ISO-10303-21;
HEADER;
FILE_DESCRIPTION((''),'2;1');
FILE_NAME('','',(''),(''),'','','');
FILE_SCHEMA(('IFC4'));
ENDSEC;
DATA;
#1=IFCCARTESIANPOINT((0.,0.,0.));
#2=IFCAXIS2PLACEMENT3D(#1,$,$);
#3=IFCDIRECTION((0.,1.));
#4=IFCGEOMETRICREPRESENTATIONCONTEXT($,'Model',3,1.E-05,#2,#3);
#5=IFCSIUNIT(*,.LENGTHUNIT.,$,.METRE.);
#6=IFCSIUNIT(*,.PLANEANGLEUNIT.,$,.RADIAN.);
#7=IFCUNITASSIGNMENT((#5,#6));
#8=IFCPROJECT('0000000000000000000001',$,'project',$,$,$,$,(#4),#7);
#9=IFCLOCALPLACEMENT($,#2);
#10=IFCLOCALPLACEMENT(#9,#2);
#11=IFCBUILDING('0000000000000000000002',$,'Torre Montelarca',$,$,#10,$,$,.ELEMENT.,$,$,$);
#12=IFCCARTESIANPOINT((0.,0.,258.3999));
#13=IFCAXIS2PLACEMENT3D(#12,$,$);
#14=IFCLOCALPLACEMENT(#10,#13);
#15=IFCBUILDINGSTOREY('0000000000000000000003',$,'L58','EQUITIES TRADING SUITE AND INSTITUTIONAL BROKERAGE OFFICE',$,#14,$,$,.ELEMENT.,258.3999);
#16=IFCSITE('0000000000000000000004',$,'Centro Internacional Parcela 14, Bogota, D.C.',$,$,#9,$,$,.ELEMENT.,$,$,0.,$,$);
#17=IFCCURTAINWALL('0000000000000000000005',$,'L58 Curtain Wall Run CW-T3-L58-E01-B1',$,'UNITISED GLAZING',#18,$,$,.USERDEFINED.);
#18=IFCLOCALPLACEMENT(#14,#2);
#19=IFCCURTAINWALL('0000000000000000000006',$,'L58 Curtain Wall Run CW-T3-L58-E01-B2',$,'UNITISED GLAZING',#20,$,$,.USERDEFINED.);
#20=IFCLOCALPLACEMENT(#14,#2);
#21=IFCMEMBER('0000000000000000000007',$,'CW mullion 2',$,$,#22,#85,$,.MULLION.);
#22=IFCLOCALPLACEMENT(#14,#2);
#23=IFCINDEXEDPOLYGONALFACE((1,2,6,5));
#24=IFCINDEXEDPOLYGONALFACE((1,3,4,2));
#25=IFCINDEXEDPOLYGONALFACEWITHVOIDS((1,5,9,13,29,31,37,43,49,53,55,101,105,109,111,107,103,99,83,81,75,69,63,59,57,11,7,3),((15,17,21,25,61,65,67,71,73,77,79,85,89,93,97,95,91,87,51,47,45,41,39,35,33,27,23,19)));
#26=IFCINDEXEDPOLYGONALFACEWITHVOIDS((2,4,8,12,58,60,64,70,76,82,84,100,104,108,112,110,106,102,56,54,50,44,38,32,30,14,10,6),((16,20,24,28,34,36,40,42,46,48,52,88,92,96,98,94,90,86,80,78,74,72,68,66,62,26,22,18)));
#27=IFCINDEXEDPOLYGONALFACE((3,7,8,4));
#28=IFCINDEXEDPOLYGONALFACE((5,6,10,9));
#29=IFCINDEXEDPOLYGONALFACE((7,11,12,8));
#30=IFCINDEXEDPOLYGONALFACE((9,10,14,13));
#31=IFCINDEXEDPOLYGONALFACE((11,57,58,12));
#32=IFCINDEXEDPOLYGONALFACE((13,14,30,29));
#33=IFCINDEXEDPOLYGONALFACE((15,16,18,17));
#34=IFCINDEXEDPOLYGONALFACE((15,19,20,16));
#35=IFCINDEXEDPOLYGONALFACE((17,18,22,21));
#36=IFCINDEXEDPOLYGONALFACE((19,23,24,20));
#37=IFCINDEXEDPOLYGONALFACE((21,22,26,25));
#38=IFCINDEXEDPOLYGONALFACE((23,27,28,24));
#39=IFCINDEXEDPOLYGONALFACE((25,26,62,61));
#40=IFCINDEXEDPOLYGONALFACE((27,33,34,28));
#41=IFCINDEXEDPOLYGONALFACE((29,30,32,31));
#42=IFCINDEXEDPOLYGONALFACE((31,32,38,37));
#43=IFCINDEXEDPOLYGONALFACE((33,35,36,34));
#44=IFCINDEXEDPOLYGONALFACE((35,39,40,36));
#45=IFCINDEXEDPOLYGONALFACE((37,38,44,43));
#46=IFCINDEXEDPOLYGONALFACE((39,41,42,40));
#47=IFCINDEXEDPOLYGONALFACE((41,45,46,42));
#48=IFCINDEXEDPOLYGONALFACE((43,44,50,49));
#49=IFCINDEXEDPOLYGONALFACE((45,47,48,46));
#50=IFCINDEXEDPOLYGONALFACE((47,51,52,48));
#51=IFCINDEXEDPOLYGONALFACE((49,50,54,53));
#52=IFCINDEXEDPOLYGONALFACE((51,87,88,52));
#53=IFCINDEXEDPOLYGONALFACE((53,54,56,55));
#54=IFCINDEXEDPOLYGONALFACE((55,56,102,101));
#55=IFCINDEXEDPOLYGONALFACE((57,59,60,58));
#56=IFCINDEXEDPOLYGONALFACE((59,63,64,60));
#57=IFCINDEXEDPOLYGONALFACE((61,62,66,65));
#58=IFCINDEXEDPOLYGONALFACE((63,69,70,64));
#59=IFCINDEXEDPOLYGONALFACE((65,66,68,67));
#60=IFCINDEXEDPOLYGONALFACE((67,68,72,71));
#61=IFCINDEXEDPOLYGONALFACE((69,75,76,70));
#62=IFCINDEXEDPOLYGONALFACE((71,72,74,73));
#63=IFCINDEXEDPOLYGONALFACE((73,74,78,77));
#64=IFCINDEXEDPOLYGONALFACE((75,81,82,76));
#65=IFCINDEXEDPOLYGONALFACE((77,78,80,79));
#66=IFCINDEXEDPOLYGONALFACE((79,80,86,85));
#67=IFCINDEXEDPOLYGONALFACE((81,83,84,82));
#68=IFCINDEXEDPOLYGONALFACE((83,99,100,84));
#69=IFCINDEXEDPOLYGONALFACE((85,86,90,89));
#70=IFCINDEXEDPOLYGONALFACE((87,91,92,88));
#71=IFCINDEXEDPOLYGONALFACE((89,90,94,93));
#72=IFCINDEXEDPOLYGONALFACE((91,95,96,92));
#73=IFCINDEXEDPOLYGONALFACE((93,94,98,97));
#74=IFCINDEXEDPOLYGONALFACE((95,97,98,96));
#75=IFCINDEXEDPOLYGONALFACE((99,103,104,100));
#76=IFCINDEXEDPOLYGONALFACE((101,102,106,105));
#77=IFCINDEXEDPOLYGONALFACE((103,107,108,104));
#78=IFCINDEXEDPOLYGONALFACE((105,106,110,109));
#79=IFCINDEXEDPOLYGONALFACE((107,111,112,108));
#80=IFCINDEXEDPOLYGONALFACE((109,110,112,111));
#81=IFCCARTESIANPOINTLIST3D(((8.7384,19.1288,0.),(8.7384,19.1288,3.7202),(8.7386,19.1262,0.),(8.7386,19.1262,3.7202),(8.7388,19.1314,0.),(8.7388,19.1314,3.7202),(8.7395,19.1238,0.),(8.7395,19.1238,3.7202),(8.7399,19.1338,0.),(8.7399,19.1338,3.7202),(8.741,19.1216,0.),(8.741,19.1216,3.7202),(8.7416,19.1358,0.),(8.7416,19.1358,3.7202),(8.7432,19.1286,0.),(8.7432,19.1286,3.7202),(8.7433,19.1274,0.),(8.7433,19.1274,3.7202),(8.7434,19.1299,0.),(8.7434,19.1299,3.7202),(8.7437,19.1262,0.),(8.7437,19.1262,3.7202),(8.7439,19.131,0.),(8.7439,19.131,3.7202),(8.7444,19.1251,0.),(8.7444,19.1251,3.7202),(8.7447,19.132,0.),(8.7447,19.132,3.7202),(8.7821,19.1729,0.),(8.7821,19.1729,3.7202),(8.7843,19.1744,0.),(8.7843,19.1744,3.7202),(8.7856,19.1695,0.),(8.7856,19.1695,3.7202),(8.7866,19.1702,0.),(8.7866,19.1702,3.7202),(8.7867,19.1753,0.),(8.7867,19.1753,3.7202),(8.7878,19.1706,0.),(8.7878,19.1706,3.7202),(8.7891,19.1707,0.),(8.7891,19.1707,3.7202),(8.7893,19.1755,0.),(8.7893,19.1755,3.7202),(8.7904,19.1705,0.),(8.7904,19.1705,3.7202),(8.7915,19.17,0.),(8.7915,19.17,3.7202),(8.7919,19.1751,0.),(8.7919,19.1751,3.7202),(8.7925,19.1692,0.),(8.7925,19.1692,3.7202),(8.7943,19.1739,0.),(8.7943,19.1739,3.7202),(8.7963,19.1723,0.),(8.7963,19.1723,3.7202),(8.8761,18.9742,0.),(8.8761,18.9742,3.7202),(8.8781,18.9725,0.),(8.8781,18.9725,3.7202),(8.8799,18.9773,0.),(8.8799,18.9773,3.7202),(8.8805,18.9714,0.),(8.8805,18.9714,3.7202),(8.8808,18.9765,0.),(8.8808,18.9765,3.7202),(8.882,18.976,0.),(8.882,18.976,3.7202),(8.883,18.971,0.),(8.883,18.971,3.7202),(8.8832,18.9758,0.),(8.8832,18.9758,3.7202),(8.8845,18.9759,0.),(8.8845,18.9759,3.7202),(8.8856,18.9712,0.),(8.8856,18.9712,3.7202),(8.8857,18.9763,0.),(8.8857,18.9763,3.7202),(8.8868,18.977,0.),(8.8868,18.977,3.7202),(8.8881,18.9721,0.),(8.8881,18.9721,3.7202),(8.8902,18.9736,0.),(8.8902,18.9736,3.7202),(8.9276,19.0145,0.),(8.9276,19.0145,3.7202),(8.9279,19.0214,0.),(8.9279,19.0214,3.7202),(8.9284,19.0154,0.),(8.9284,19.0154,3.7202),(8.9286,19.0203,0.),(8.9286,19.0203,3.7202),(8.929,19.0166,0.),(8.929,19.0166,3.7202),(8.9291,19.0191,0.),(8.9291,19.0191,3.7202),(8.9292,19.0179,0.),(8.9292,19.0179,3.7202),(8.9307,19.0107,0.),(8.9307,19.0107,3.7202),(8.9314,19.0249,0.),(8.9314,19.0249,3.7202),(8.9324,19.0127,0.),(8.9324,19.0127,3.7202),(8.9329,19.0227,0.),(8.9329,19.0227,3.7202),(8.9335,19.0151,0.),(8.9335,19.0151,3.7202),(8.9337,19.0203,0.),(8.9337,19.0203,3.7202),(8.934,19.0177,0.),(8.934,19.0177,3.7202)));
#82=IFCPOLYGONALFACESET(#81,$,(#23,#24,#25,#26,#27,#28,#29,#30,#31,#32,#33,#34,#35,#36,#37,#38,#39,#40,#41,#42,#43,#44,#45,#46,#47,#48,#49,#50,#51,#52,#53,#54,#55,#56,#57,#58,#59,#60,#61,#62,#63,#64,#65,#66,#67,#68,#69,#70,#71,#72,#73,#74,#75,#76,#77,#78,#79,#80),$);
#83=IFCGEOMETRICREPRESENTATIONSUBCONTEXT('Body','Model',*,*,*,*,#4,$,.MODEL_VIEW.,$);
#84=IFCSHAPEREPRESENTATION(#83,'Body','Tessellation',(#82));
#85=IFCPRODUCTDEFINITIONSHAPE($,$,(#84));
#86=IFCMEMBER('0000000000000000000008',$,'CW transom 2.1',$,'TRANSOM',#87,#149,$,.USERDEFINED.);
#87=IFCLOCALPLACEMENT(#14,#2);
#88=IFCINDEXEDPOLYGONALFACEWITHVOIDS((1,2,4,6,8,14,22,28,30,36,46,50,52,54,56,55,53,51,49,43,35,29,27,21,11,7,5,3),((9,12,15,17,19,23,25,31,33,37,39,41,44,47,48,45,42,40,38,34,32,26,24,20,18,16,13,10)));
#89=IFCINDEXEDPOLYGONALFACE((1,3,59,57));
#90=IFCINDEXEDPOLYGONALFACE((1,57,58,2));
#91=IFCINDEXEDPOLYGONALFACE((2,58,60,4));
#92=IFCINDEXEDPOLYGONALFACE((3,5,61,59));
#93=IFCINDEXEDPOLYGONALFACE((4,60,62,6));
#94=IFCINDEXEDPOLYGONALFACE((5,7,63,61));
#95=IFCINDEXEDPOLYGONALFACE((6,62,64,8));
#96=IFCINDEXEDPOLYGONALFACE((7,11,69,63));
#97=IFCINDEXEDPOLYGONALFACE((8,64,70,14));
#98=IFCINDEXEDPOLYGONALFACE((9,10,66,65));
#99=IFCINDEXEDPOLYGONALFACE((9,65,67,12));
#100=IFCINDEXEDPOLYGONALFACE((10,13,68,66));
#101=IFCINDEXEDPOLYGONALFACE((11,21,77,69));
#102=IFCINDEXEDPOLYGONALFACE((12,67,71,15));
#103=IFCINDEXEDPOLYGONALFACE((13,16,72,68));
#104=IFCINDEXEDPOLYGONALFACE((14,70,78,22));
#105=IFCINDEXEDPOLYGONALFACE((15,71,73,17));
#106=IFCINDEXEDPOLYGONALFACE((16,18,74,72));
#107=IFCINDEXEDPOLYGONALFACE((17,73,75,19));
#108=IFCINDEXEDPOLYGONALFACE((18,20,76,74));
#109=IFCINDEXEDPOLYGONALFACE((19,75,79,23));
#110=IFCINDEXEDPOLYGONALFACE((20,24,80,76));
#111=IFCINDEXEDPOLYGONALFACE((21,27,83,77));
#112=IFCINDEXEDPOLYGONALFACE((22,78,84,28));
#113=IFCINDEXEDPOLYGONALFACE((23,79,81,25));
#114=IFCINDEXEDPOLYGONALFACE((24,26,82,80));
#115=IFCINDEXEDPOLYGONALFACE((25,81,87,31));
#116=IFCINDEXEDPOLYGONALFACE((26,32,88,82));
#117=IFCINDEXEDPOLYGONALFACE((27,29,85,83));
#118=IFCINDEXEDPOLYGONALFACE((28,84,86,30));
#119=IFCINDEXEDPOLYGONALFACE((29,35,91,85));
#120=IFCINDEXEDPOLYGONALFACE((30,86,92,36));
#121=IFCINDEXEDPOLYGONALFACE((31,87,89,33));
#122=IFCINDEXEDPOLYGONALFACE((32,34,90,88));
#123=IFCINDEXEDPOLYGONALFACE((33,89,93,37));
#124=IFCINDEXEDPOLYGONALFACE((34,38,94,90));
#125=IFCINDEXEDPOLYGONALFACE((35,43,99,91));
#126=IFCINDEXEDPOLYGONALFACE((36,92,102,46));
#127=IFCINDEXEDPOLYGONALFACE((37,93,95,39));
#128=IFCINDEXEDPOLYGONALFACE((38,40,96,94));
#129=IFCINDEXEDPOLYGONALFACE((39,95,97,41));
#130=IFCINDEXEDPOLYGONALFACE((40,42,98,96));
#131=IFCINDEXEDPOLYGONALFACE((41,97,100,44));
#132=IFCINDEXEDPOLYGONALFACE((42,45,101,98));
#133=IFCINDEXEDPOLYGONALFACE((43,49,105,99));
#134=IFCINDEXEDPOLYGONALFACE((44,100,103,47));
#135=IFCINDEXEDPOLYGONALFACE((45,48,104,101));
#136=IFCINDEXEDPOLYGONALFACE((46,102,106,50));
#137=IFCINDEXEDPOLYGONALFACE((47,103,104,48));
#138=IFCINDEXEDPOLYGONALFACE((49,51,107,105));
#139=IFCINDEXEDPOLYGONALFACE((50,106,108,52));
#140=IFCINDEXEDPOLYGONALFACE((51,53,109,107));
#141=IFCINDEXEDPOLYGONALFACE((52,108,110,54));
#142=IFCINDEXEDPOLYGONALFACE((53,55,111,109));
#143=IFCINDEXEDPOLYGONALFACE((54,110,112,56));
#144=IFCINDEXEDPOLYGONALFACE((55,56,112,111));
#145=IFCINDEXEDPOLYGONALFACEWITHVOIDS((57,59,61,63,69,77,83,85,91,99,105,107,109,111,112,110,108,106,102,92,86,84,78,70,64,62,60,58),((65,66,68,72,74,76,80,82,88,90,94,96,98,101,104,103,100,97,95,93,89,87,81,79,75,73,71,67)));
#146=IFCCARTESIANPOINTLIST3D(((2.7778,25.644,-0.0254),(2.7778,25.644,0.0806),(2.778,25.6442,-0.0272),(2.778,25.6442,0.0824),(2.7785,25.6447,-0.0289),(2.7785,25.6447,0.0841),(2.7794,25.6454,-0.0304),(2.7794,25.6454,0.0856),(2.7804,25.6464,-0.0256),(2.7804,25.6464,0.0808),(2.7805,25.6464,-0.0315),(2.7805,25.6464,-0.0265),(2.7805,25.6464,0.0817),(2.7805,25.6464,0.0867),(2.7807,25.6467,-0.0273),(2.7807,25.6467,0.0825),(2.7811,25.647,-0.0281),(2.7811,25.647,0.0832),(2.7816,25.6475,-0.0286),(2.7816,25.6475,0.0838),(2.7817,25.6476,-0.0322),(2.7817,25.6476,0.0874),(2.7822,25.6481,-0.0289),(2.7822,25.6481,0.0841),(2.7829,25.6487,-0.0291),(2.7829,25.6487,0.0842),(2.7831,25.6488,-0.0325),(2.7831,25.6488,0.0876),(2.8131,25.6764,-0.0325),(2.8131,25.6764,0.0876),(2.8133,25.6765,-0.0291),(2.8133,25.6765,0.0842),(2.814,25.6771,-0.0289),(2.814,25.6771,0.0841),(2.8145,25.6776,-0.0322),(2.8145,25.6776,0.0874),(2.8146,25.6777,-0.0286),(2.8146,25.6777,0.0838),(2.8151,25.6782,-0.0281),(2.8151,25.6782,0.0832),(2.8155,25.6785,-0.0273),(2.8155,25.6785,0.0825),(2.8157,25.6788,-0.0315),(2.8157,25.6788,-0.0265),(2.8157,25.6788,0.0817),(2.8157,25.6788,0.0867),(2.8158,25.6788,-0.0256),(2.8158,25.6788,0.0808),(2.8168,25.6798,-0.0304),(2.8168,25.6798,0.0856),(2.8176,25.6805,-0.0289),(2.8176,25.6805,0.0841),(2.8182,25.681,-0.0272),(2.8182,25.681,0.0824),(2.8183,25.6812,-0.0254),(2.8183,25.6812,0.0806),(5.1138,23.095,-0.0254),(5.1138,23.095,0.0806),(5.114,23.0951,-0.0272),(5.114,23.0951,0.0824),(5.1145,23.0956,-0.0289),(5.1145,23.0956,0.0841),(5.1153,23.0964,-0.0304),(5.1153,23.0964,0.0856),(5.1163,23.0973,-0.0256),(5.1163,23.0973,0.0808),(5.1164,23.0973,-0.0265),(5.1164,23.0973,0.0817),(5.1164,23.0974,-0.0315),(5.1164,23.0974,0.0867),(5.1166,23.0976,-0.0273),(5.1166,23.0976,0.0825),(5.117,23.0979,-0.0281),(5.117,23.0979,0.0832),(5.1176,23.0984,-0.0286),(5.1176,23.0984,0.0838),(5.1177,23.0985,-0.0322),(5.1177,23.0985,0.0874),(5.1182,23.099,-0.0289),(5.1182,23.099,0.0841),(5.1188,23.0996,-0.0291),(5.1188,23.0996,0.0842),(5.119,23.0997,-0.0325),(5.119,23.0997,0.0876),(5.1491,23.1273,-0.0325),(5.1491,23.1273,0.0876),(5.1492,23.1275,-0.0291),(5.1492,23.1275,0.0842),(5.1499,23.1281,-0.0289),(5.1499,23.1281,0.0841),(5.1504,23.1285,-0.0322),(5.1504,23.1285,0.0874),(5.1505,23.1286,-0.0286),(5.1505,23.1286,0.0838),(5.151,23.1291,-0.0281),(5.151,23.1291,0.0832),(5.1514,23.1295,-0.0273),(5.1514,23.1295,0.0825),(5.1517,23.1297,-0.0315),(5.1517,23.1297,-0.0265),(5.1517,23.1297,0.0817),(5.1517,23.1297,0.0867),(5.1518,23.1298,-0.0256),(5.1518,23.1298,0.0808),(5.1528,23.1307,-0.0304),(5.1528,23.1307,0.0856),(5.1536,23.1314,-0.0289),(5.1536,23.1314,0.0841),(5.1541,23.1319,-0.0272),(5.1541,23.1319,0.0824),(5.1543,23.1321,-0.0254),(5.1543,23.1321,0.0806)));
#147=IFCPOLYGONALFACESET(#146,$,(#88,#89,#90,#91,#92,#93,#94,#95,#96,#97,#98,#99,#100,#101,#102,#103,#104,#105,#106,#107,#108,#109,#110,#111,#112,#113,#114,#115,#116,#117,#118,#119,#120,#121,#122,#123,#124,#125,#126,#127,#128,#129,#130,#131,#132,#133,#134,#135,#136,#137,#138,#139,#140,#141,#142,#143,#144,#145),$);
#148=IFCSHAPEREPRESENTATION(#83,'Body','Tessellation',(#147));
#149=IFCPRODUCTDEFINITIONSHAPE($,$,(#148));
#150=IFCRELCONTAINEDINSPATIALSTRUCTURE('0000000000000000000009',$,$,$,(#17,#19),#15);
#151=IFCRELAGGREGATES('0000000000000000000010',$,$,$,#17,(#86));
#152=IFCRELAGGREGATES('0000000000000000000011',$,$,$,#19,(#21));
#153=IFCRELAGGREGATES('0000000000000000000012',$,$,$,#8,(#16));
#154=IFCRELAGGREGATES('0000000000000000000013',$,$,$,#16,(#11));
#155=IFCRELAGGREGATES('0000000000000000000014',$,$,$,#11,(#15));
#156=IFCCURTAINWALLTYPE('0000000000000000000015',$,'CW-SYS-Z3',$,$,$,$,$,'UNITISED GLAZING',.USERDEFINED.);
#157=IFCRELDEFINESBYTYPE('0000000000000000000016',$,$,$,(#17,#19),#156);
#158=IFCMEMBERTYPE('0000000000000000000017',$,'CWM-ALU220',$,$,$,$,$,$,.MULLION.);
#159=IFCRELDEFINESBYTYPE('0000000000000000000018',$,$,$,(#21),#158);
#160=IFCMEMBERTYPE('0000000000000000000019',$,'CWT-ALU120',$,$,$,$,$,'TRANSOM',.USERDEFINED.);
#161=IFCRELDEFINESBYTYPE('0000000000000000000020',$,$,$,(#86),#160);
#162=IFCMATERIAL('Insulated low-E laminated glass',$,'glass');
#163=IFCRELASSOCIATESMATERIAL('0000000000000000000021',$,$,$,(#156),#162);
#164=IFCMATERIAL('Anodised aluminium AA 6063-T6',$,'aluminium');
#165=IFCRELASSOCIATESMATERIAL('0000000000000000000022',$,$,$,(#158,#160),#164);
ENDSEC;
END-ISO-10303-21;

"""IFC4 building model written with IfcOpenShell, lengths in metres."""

from ifc_helpers import new_model, si_unit, direction, frame, origin, origin_2d, place, context, subcontext, project, spatial, hollow_rectangle, extrude, source, transform, mapped, material, material_profile, profile_set, type_object, element, aggregate, save


model = new_model("IFC4")

# Units and contexts
model_context = context("Model", 3, precision=1e-05, world=origin(), true_north=direction((0.0, 1.0)))
body_context = subcontext(model_context, "Body", "Model", "MODEL_VIEW")
ifc_project = project(units=[si_unit("LENGTHUNIT", "METRE"), si_unit("PLANEANGLEUNIT", "RADIAN")], contexts=[model_context])

# Site, building, storey
site_placement = place(None, origin())
site = spatial("IfcSite", under=ifc_project, at=site_placement, Name="Centro Internacional Parcela 14, Bogota, D.C.", CompositionType="ELEMENT", RefElevation=0.0)
building_placement = place(site_placement, origin())
building = spatial("IfcBuilding", under=site, at=building_placement, Name="Torre Montelarca", CompositionType="ELEMENT")
storey_placement = place(building_placement, frame((0.0, 0.0, 258.3999)))
storey = spatial("IfcBuildingStorey", under=building, at=storey_placement, Name="L58", Description="EQUITIES TRADING SUITE AND INSTITUTIONAL BROKERAGE OFFICE", CompositionType="ELEMENT", Elevation=258.3999)

# Curtain walls, member
ifc_material_1 = material(Name="Insulated low-E laminated glass", Category="glass")
curtain_wall_type = type_object("IfcCurtainWallType", Name="CW-SYS-Z3", ElementType="UNITISED GLAZING", PredefinedType="USERDEFINED", material=ifc_material_1)
curtain_wall_1_placement = place(storey_placement, origin())
curtain_wall_1 = element("IfcCurtainWall", 1, at=curtain_wall_1_placement, inside=storey, type_object=curtain_wall_type, Name="L58 Curtain Wall Run CW-T3-L58-E01-B1", ObjectType="UNITISED GLAZING", PredefinedType="USERDEFINED")
ifc_material_2 = material(Name="Anodised aluminium AA 6063-T6", Category="aluminium")
ifc_material_profile_1 = material_profile(ifc_material_2, hollow_rectangle(XDim=0.075, YDim=0.22, WallThickness=0.0049, InnerFilletRadius=0.0049, OuterFilletRadius=0.01, at=origin_2d()), Name="ALU75X220X5", Category="aluminium")
ifc_profile_set_1 = profile_set([ifc_material_profile_1], Name="Anodised aluminium AA 6063-T6")
member_type_1 = type_object("IfcMemberType", Name="CWM-ALU220", PredefinedType="MULLION", material=ifc_profile_set_1)
shared_shape_1 = source(origin(), body_context, "Body", "SweptSolid", [
    extrude(hollow_rectangle(XDim=0.075, YDim=0.22, WallThickness=0.0049, InnerFilletRadius=0.0049, OuterFilletRadius=0.01, at=origin_2d()), origin(), (0.0, 0.0, 1.0), 3.7202),
])
curtain_wall_2_placement = place(storey_placement, origin())
curtain_wall_2 = element("IfcCurtainWall", 2, at=curtain_wall_2_placement, inside=storey, type_object=curtain_wall_type, Name="L58 Curtain Wall Run CW-T3-L58-E01-B2", ObjectType="UNITISED GLAZING", PredefinedType="USERDEFINED")
member_1_placement = place(storey_placement, frame((8.8362, 19.0732, 0.0), z_axis=(0.0, 0.0, 1.0), x_axis=(0.73728, 0.675587, 0.0)))
member_1 = element("IfcMember", 3, at=member_1_placement, type_object=member_type_1, Name="CW mullion 2", PredefinedType="MULLION", context=body_context, shape_type="MappedRepresentation", body=[
    mapped(shared_shape_1, transform((0.0, 0.0, 0.0), scale=1.0)),
])

# Member
ifc_material_profile_2 = material_profile(ifc_material_2, hollow_rectangle(XDim=0.0549, YDim=0.1201, WallThickness=0.0034, InnerFilletRadius=0.0034, OuterFilletRadius=0.0071, at=origin_2d()), Name="ALU55X120X3.5", Category="aluminium")
ifc_profile_set_2 = profile_set([ifc_material_profile_2], Name="Anodised aluminium AA 6063-T6")
member_type_2 = type_object("IfcMemberType", Name="CWT-ALU120", ElementType="TRANSOM", PredefinedType="USERDEFINED", material=ifc_profile_set_2)
shared_shape_2 = source(origin(), body_context, "Body", "SweptSolid", [
    extrude(hollow_rectangle(XDim=0.0549, YDim=0.1201, WallThickness=0.0034, InnerFilletRadius=0.0034, OuterFilletRadius=0.0071, at=origin_2d()), origin(), (0.0, 0.0, 1.0), 3.4575),
])
member_2_placement = place(storey_placement, frame((2.7981, 25.6626, 0.0276), z_axis=(0.675613, -0.737257, 0.0), x_axis=(0.737257, 0.675613, 0.0)))
member_2 = element("IfcMember", 4, at=member_2_placement, type_object=member_type_2, Name="CW transom 2.1", ObjectType="TRANSOM", PredefinedType="USERDEFINED", context=body_context, shape_type="MappedRepresentation", body=[
    mapped(shared_shape_2, transform((0.0, 0.0, 0.0), scale=1.0)),
])

aggregate(curtain_wall_1, [member_2])
aggregate(curtain_wall_2, [member_1])

save(model, "model.ifc")
